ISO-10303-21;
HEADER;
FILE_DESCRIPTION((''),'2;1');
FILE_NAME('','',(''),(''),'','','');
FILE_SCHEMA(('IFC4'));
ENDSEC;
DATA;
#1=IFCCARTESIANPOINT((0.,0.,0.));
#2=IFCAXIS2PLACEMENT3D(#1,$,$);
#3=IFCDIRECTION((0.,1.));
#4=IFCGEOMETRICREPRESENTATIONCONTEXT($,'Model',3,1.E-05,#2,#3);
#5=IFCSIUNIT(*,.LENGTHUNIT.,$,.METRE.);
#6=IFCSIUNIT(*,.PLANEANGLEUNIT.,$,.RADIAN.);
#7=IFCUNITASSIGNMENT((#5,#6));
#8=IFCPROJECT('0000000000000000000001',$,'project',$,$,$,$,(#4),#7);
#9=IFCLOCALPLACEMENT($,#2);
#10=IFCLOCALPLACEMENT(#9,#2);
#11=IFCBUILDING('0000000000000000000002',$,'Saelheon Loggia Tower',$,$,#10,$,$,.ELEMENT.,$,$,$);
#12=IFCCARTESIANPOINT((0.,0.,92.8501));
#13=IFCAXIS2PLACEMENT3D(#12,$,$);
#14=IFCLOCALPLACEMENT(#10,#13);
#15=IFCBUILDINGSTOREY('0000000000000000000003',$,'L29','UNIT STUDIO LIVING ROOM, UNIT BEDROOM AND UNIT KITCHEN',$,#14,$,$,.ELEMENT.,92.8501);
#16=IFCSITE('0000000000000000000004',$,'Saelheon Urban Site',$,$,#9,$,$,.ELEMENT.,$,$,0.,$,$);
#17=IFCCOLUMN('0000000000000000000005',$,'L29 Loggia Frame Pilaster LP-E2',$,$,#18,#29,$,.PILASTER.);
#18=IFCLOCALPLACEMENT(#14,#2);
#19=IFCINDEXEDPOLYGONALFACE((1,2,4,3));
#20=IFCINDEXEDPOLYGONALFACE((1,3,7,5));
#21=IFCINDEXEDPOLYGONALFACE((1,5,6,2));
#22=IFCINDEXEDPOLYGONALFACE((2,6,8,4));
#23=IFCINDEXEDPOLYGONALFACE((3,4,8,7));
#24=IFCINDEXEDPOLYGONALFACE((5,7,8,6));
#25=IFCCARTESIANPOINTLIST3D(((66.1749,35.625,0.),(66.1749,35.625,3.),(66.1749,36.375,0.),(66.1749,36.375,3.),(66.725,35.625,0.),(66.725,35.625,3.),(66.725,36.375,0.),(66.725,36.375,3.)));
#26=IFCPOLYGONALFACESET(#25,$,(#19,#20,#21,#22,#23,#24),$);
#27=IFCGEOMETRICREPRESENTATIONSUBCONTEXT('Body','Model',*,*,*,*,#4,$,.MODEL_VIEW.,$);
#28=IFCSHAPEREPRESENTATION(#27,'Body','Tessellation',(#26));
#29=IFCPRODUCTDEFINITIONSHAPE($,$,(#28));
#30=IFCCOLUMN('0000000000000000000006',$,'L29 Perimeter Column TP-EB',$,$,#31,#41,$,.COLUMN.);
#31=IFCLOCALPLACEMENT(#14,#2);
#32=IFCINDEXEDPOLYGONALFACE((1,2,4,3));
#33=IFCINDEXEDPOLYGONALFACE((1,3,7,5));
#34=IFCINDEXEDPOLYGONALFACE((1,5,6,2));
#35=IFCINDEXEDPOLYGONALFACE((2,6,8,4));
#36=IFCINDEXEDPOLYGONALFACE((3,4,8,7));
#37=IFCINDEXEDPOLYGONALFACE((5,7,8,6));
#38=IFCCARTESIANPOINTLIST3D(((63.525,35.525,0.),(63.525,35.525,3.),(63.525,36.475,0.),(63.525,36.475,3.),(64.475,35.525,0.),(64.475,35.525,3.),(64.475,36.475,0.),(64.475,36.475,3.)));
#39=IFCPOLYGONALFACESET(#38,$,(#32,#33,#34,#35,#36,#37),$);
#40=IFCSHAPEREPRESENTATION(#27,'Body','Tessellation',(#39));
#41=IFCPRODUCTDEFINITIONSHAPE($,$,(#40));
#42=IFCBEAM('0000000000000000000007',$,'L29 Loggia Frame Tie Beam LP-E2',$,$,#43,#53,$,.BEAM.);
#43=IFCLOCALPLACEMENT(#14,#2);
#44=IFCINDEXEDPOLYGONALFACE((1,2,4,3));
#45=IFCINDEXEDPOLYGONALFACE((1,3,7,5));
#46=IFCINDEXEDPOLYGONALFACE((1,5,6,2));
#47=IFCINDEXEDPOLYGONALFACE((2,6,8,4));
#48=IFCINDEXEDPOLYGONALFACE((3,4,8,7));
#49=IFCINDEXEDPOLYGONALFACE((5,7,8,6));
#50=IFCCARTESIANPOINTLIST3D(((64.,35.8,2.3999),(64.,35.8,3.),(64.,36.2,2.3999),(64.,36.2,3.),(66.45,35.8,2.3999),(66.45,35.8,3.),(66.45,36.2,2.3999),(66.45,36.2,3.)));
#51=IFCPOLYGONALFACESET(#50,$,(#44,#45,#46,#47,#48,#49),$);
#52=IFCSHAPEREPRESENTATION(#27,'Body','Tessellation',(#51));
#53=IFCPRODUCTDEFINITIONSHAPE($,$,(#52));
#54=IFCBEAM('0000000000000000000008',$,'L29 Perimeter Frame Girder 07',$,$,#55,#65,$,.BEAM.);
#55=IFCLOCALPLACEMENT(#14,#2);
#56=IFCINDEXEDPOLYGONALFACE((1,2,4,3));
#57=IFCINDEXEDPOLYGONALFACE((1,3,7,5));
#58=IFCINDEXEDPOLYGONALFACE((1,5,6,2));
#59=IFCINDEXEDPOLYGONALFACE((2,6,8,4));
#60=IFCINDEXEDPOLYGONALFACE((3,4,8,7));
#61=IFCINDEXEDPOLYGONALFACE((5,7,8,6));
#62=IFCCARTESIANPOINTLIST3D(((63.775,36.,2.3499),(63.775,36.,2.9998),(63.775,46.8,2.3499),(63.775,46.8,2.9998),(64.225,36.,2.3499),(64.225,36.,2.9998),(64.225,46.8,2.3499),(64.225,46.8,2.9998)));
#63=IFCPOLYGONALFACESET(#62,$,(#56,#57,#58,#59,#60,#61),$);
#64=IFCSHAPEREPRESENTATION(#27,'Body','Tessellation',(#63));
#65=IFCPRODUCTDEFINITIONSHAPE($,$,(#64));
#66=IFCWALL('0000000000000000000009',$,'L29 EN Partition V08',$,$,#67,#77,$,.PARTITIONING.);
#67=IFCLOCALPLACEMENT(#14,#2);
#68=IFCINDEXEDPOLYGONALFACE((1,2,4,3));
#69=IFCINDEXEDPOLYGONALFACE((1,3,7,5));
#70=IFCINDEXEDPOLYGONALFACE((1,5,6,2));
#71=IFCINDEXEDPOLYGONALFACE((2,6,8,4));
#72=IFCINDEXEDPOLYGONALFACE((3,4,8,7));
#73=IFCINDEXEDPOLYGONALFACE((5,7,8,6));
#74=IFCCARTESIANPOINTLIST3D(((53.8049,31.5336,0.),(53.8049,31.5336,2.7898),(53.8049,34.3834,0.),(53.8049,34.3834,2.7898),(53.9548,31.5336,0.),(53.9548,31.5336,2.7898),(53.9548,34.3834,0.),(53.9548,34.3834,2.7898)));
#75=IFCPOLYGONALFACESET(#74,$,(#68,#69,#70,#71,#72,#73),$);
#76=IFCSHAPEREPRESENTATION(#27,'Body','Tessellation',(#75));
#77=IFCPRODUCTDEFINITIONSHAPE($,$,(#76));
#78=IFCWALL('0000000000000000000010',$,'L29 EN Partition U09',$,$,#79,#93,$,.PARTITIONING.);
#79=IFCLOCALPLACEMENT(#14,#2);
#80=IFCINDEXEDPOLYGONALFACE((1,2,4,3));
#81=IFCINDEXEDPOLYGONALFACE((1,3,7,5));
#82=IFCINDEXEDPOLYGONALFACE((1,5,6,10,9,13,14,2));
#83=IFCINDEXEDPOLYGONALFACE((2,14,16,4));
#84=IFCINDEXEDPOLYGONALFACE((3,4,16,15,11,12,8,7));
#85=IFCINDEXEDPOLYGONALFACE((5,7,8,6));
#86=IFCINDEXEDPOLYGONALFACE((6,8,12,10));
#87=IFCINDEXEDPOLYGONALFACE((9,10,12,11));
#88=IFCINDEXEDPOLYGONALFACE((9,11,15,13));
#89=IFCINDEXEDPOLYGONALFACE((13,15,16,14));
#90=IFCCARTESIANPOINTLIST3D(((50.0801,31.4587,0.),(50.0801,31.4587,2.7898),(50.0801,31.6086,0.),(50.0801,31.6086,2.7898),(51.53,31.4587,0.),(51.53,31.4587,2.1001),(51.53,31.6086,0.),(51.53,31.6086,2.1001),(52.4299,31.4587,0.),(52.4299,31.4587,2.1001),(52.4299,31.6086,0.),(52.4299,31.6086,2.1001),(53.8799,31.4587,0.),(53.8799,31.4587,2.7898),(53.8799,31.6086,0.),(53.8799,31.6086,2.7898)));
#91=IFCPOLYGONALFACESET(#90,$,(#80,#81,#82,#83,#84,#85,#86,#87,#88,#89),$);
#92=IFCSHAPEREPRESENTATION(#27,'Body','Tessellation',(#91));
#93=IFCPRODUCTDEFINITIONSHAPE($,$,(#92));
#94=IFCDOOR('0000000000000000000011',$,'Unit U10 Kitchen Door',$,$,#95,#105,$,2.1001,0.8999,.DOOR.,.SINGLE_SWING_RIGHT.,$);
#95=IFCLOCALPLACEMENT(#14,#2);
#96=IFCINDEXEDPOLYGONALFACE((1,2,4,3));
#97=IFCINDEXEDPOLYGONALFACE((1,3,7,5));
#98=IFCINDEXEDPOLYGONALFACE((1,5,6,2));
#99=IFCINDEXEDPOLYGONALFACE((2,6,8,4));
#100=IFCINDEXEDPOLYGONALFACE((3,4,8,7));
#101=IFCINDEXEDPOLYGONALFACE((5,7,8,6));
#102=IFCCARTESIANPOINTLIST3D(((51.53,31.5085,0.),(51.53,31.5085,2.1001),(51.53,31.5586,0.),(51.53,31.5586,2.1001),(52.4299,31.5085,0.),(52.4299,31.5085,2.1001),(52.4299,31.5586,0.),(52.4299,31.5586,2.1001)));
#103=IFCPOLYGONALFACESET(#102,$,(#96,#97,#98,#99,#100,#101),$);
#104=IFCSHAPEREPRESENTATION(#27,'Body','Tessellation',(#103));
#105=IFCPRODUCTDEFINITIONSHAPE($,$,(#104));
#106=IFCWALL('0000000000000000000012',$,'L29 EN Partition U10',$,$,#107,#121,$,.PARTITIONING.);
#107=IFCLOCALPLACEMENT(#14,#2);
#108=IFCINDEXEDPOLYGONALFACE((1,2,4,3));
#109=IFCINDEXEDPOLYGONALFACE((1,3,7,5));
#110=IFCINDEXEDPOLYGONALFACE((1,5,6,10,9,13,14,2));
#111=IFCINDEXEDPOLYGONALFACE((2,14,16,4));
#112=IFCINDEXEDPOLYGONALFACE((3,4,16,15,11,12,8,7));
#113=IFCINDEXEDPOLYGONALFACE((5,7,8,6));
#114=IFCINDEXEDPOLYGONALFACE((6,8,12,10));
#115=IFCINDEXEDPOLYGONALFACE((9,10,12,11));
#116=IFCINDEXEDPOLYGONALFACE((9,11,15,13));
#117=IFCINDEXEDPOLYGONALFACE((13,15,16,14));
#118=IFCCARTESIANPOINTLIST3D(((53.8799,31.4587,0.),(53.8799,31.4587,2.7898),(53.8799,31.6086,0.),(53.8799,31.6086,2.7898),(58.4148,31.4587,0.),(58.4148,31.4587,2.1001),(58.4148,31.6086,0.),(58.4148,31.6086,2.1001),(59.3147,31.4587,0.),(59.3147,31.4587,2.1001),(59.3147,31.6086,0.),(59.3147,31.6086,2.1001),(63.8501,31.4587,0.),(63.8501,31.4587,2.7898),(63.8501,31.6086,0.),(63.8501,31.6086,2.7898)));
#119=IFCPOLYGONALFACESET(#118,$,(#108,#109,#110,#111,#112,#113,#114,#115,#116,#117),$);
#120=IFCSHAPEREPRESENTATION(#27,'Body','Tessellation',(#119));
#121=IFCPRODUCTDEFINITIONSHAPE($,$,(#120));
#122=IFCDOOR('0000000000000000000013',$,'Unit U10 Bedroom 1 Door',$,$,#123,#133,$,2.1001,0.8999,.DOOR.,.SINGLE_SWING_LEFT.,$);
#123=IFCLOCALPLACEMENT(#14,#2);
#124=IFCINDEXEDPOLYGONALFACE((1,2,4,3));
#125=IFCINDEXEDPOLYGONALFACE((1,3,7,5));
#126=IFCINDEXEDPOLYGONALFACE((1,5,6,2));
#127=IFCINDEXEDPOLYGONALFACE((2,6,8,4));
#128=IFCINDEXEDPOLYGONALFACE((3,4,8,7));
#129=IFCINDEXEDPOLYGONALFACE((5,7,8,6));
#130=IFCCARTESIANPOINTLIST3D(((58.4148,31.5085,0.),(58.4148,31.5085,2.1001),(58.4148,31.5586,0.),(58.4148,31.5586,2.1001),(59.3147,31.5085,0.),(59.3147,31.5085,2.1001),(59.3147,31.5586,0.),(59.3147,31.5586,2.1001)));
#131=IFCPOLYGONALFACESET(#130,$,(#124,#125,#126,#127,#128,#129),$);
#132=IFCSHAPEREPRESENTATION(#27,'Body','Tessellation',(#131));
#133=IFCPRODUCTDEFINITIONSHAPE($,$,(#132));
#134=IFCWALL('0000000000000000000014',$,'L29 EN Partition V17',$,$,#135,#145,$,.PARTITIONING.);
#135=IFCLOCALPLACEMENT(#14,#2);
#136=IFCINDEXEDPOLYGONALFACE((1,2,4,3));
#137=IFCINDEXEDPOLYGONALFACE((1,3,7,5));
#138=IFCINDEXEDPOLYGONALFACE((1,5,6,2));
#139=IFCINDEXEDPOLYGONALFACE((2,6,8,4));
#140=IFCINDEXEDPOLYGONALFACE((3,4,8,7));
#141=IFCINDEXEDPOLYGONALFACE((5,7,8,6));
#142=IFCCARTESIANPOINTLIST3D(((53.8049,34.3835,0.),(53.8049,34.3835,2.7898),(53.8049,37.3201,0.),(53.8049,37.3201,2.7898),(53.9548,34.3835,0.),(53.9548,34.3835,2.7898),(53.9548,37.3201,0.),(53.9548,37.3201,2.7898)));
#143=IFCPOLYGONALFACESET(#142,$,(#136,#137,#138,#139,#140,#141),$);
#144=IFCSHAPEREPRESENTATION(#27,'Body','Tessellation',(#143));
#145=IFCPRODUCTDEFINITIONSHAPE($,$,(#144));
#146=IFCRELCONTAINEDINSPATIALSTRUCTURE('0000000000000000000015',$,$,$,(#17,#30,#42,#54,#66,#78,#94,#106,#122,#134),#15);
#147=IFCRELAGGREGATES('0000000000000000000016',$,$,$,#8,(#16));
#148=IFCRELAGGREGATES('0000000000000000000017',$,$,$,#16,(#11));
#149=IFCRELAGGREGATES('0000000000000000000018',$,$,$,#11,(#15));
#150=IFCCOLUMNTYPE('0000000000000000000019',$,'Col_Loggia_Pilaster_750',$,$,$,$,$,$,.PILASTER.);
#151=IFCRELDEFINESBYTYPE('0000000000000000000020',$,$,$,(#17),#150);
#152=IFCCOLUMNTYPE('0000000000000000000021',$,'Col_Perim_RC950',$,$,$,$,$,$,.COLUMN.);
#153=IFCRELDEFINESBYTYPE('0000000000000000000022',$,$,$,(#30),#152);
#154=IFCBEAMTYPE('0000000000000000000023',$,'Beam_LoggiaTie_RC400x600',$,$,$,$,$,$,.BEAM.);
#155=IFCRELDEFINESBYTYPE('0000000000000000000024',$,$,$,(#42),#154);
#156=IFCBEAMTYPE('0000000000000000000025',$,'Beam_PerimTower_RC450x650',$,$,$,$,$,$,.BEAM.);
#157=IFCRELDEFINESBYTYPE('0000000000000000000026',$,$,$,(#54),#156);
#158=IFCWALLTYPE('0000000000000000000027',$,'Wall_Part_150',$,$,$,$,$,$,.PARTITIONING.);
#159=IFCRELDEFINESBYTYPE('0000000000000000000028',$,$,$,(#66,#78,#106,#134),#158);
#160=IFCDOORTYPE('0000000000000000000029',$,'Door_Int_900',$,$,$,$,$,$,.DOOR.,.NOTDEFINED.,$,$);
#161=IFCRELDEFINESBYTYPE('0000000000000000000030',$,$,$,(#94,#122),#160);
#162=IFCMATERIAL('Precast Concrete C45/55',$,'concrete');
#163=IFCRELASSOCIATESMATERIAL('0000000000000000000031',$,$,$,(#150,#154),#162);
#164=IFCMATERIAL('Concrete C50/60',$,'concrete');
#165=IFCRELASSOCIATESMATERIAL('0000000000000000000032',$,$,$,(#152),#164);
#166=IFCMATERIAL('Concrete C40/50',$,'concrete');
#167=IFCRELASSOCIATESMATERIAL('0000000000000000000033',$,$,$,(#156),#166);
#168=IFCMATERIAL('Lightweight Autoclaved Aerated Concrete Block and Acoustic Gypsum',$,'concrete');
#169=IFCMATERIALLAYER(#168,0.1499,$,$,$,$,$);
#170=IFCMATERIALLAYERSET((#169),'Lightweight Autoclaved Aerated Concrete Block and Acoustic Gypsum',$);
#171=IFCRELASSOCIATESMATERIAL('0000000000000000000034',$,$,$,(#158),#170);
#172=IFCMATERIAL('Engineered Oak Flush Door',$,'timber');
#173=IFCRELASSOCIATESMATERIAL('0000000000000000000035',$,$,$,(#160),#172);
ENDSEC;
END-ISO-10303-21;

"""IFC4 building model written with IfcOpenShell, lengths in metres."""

from ifc_helpers import new_model, si_unit, direction, frame, frame_2d, origin, origin_2d, place, context, subcontext, project, spatial, rectangle, extrude, source, transform, mapped, material, layer, layer_set, material_profile, profile_set, type_object, element, fill, save


model = new_model("IFC4")

# Units and contexts
model_context = context("Model", 3, precision=1e-05, world=origin(), true_north=direction((0.0, 1.0)))
body_context = subcontext(model_context, "Body", "Model", "MODEL_VIEW")
ifc_project = project(units=[si_unit("LENGTHUNIT", "METRE"), si_unit("PLANEANGLEUNIT", "RADIAN")], contexts=[model_context])

# Site, building, storey
site_placement = place(None, origin())
site = spatial("IfcSite", under=ifc_project, at=site_placement, Name="Saelheon Urban Site", CompositionType="ELEMENT", RefElevation=0.0)
building_placement = place(site_placement, origin())
building = spatial("IfcBuilding", under=site, at=building_placement, Name="Saelheon Loggia Tower", CompositionType="ELEMENT")
storey_placement = place(building_placement, frame((0.0, 0.0, 92.8501)))
storey = spatial("IfcBuildingStorey", under=building, at=storey_placement, Name="L29", Description="UNIT STUDIO LIVING ROOM, UNIT BEDROOM AND UNIT KITCHEN", CompositionType="ELEMENT", Elevation=92.8501)

# Columns
ifc_material_1 = material(Name="Precast Concrete C45/55", Category="concrete")
ifc_material_profile_1 = material_profile(ifc_material_1, rectangle(XDim=0.55, YDim=0.75, at=origin_2d()), Name="RC-550x750")
ifc_profile_set_1 = profile_set([ifc_material_profile_1], Name="Precast Concrete C45/55")
column_type_1 = type_object("IfcColumnType", Name="Col_Loggia_Pilaster_750", PredefinedType="PILASTER", material=ifc_profile_set_1)
shared_shape_1 = source(origin(), body_context, "Body", "SweptSolid", [
    extrude(rectangle(XDim=0.55, YDim=0.75, at=origin_2d()), origin(), (0.0, 0.0, 1.0), 3.0),
])
column_1_placement = place(storey_placement, frame((66.45, 36.0, 0.0), z_axis=(0.0, 0.0, 1.0), x_axis=(1.0, 0.0, 0.0)))
element("IfcColumn", 1, at=column_1_placement, inside=storey, type_object=column_type_1, Name="L29 Loggia Frame Pilaster LP-E2", PredefinedType="PILASTER", context=body_context, shape_type="MappedRepresentation", body=[
    mapped(shared_shape_1, transform((0.0, 0.0, 0.0), scale=1.0)),
])
ifc_material_2 = material(Name="Concrete C50/60", Category="concrete")
ifc_material_profile_2 = material_profile(ifc_material_2, rectangle(XDim=0.95, YDim=0.95, at=origin_2d()), Name="RC-950x950")
ifc_profile_set_2 = profile_set([ifc_material_profile_2], Name="Concrete C50/60")
column_type_2 = type_object("IfcColumnType", Name="Col_Perim_RC950", PredefinedType="COLUMN", material=ifc_profile_set_2)
shared_shape_2 = source(origin(), body_context, "Body", "SweptSolid", [
    extrude(rectangle(XDim=0.95, YDim=0.95, at=origin_2d()), origin(), (0.0, 0.0, 1.0), 3.0),
])
column_2_placement = place(storey_placement, frame((64.0, 36.0, 0.0), z_axis=(0.0, 0.0, 1.0), x_axis=(1.0, 0.0, 0.0)))
element("IfcColumn", 2, at=column_2_placement, inside=storey, type_object=column_type_2, Name="L29 Perimeter Column TP-EB", PredefinedType="COLUMN", context=body_context, shape_type="MappedRepresentation", body=[
    mapped(shared_shape_2, transform((0.0, 0.0, 0.0), scale=1.0)),
])

# Beams
ifc_material_profile_3 = material_profile(ifc_material_1, rectangle(XDim=0.3999, YDim=0.6001, at=origin_2d()), Name="RC-400x600")
ifc_profile_set_3 = profile_set([ifc_material_profile_3], Name="Precast Concrete C45/55")
beam_type_1 = type_object("IfcBeamType", Name="Beam_LoggiaTie_RC400x600", PredefinedType="BEAM", material=ifc_profile_set_3)
shared_shape_3 = source(origin(), body_context, "Body", "SweptSolid", [
    extrude(rectangle(XDim=0.3999, YDim=0.6001, at=origin_2d()), origin(), (0.0, 0.0, 1.0), 2.45),
])
beam_1_placement = place(storey_placement, frame((64.0, 36.0, 2.7), z_axis=(1.0, 0.0, 0.0), x_axis=(0.0, 1.0, 0.0)))
element("IfcBeam", 3, at=beam_1_placement, inside=storey, type_object=beam_type_1, Name="L29 Loggia Frame Tie Beam LP-E2", PredefinedType="BEAM", context=body_context, shape_type="MappedRepresentation", body=[
    mapped(shared_shape_3, transform((0.0, 0.0, 0.0), scale=1.0)),
])
ifc_material_3 = material(Name="Concrete C40/50", Category="concrete")
ifc_material_profile_4 = material_profile(ifc_material_3, rectangle(XDim=0.45, YDim=0.6499, at=origin_2d()), Name="RC-450x650")
ifc_profile_set_4 = profile_set([ifc_material_profile_4], Name="Concrete C40/50")
beam_type_2 = type_object("IfcBeamType", Name="Beam_PerimTower_RC450x650", PredefinedType="BEAM", material=ifc_profile_set_4)
shared_shape_4 = source(origin(), body_context, "Body", "SweptSolid", [
    extrude(rectangle(XDim=0.45, YDim=0.6499, at=origin_2d()), origin(), (0.0, 0.0, 1.0), 10.8),
])
beam_2_placement = place(storey_placement, frame((64.0, 36.0, 2.6748), z_axis=(0.0, 1.0, 0.0), x_axis=(-1.0, 0.0, 0.0)))
element("IfcBeam", 4, at=beam_2_placement, inside=storey, type_object=beam_type_2, Name="L29 Perimeter Frame Girder 07", PredefinedType="BEAM", context=body_context, shape_type="MappedRepresentation", body=[
    mapped(shared_shape_4, transform((0.0, 0.0, 0.0), scale=1.0)),
])

# Wall
ifc_material_4 = material(Name="Lightweight Autoclaved Aerated Concrete Block and Acoustic Gypsum", Category="concrete")
ifc_layer_1 = layer(ifc_material_4, 0.1499)
ifc_layer_set_1 = layer_set([ifc_layer_1], Name="Lightweight Autoclaved Aerated Concrete Block and Acoustic Gypsum")
wall_type_1 = type_object("IfcWallType", Name="Wall_Part_150", PredefinedType="PARTITIONING", material=ifc_layer_set_1)
wall_1_placement = place(storey_placement, frame((53.8799, 31.5337, 0.0), z_axis=(0.0, 0.0, 1.0), x_axis=(0.0, 1.0, 0.0)))
element("IfcWall", 5, at=wall_1_placement, inside=storey, type_object=wall_type_1, Name="L29 EN Partition V08", PredefinedType="PARTITIONING", context=body_context, shape_type="SweptSolid", body=[
    extrude(rectangle(XDim=2.8499, YDim=0.1499, at=frame_2d((1.4248, 0.0))), origin(), (0.0, 0.0, 1.0), 2.7898),
])

# Walls, openings, doors
wall_2_placement = place(storey_placement, frame((50.0801, 31.5337, 0.0), z_axis=(0.0, 0.0, 1.0), x_axis=(1.0, 0.0, 0.0)))
wall_2 = element("IfcWall", 6, at=wall_2_placement, inside=storey, type_object=wall_type_1, Name="L29 EN Partition U09", PredefinedType="PARTITIONING", context=body_context, shape_type="SweptSolid", body=[
    extrude(rectangle(XDim=3.7998, YDim=0.1499, at=frame_2d((1.8999, 0.0))), origin(), (0.0, 0.0, 1.0), 2.7898),
])
opening_1_placement = place(wall_2_placement, frame((1.45, 0.0, 0.0)))
opening_1 = element("IfcOpeningElement", 7, at=opening_1_placement, cuts=wall_2, PredefinedType="OPENING", context=body_context, shape_type="SweptSolid", body=[
    extrude(rectangle(XDim=0.8999, YDim=2.1001, at=frame_2d((0.45, 1.05))), frame((0.0, 0.0869, 0.0), z_axis=(0.0, -1.0, 0.0), x_axis=(1.0, 0.0, 0.0)), (0.0, 0.0, 1.0), 0.1738),
])
ifc_material_5 = material(Name="Engineered Oak Flush Door", Category="timber")
door_type_1 = type_object("IfcDoorType", Name="Door_Int_900", OperationType="NOTDEFINED", PredefinedType="DOOR", material=ifc_material_5)
shared_shape_5 = source(origin(), body_context, "Body", "SweptSolid", [
    extrude(rectangle(XDim=0.8999, YDim=2.1001, at=frame_2d((0.45, 1.05))), frame((0.0, 0.0249, 0.0), z_axis=(0.0, -1.0, 0.0), x_axis=(1.0, 0.0, 0.0)), (0.0, 0.0, 1.0), 0.05),
])
door_1_placement = place(opening_1_placement, origin())
door_1 = element("IfcDoor", 8, at=door_1_placement, inside=storey, type_object=door_type_1, Name="Unit U10 Kitchen Door", OperationType="SINGLE_SWING_RIGHT", OverallHeight=2.1001, OverallWidth=0.8999, PredefinedType="DOOR", context=body_context, shape_type="MappedRepresentation", body=[
    mapped(shared_shape_5, transform((0.0, 0.0, 0.0), scale=1.0)),
])
fill(opening_1, door_1)
wall_3_placement = place(storey_placement, frame((53.8799, 31.5337, 0.0), z_axis=(0.0, 0.0, 1.0), x_axis=(1.0, 0.0, 0.0)))
wall_3 = element("IfcWall", 9, at=wall_3_placement, inside=storey, type_object=wall_type_1, Name="L29 EN Partition U10", PredefinedType="PARTITIONING", context=body_context, shape_type="SweptSolid", body=[
    extrude(rectangle(XDim=9.9702, YDim=0.1499, at=frame_2d((4.9851, 0.0))), origin(), (0.0, 0.0, 1.0), 2.7898),
])
opening_2_placement = place(wall_3_placement, frame((4.5349, 0.0, 0.0)))
opening_2 = element("IfcOpeningElement", 10, at=opening_2_placement, cuts=wall_3, PredefinedType="OPENING", context=body_context, shape_type="SweptSolid", body=[
    extrude(rectangle(XDim=0.8999, YDim=2.1001, at=frame_2d((0.45, 1.05))), frame((0.0, 0.0869, 0.0), z_axis=(0.0, -1.0, 0.0), x_axis=(1.0, 0.0, 0.0)), (0.0, 0.0, 1.0), 0.1738),
])
door_2_placement = place(opening_2_placement, origin())
door_2 = element("IfcDoor", 11, at=door_2_placement, inside=storey, type_object=door_type_1, Name="Unit U10 Bedroom 1 Door", OperationType="SINGLE_SWING_LEFT", OverallHeight=2.1001, OverallWidth=0.8999, PredefinedType="DOOR", context=body_context, shape_type="MappedRepresentation", body=[
    mapped(shared_shape_5, transform((0.0, 0.0, 0.0), scale=1.0)),
])
fill(opening_2, door_2)

# Wall
wall_4_placement = place(storey_placement, frame((53.8799, 34.3835, 0.0), z_axis=(0.0, 0.0, 1.0), x_axis=(0.0, 1.0, 0.0)))
element("IfcWall", 12, at=wall_4_placement, inside=storey, type_object=wall_type_1, Name="L29 EN Partition V17", PredefinedType="PARTITIONING", context=body_context, shape_type="SweptSolid", body=[
    extrude(rectangle(XDim=2.9365, YDim=0.1499, at=frame_2d((1.4683, 0.0))), origin(), (0.0, 0.0, 1.0), 2.7898),
])

save(model, "model.ifc")
